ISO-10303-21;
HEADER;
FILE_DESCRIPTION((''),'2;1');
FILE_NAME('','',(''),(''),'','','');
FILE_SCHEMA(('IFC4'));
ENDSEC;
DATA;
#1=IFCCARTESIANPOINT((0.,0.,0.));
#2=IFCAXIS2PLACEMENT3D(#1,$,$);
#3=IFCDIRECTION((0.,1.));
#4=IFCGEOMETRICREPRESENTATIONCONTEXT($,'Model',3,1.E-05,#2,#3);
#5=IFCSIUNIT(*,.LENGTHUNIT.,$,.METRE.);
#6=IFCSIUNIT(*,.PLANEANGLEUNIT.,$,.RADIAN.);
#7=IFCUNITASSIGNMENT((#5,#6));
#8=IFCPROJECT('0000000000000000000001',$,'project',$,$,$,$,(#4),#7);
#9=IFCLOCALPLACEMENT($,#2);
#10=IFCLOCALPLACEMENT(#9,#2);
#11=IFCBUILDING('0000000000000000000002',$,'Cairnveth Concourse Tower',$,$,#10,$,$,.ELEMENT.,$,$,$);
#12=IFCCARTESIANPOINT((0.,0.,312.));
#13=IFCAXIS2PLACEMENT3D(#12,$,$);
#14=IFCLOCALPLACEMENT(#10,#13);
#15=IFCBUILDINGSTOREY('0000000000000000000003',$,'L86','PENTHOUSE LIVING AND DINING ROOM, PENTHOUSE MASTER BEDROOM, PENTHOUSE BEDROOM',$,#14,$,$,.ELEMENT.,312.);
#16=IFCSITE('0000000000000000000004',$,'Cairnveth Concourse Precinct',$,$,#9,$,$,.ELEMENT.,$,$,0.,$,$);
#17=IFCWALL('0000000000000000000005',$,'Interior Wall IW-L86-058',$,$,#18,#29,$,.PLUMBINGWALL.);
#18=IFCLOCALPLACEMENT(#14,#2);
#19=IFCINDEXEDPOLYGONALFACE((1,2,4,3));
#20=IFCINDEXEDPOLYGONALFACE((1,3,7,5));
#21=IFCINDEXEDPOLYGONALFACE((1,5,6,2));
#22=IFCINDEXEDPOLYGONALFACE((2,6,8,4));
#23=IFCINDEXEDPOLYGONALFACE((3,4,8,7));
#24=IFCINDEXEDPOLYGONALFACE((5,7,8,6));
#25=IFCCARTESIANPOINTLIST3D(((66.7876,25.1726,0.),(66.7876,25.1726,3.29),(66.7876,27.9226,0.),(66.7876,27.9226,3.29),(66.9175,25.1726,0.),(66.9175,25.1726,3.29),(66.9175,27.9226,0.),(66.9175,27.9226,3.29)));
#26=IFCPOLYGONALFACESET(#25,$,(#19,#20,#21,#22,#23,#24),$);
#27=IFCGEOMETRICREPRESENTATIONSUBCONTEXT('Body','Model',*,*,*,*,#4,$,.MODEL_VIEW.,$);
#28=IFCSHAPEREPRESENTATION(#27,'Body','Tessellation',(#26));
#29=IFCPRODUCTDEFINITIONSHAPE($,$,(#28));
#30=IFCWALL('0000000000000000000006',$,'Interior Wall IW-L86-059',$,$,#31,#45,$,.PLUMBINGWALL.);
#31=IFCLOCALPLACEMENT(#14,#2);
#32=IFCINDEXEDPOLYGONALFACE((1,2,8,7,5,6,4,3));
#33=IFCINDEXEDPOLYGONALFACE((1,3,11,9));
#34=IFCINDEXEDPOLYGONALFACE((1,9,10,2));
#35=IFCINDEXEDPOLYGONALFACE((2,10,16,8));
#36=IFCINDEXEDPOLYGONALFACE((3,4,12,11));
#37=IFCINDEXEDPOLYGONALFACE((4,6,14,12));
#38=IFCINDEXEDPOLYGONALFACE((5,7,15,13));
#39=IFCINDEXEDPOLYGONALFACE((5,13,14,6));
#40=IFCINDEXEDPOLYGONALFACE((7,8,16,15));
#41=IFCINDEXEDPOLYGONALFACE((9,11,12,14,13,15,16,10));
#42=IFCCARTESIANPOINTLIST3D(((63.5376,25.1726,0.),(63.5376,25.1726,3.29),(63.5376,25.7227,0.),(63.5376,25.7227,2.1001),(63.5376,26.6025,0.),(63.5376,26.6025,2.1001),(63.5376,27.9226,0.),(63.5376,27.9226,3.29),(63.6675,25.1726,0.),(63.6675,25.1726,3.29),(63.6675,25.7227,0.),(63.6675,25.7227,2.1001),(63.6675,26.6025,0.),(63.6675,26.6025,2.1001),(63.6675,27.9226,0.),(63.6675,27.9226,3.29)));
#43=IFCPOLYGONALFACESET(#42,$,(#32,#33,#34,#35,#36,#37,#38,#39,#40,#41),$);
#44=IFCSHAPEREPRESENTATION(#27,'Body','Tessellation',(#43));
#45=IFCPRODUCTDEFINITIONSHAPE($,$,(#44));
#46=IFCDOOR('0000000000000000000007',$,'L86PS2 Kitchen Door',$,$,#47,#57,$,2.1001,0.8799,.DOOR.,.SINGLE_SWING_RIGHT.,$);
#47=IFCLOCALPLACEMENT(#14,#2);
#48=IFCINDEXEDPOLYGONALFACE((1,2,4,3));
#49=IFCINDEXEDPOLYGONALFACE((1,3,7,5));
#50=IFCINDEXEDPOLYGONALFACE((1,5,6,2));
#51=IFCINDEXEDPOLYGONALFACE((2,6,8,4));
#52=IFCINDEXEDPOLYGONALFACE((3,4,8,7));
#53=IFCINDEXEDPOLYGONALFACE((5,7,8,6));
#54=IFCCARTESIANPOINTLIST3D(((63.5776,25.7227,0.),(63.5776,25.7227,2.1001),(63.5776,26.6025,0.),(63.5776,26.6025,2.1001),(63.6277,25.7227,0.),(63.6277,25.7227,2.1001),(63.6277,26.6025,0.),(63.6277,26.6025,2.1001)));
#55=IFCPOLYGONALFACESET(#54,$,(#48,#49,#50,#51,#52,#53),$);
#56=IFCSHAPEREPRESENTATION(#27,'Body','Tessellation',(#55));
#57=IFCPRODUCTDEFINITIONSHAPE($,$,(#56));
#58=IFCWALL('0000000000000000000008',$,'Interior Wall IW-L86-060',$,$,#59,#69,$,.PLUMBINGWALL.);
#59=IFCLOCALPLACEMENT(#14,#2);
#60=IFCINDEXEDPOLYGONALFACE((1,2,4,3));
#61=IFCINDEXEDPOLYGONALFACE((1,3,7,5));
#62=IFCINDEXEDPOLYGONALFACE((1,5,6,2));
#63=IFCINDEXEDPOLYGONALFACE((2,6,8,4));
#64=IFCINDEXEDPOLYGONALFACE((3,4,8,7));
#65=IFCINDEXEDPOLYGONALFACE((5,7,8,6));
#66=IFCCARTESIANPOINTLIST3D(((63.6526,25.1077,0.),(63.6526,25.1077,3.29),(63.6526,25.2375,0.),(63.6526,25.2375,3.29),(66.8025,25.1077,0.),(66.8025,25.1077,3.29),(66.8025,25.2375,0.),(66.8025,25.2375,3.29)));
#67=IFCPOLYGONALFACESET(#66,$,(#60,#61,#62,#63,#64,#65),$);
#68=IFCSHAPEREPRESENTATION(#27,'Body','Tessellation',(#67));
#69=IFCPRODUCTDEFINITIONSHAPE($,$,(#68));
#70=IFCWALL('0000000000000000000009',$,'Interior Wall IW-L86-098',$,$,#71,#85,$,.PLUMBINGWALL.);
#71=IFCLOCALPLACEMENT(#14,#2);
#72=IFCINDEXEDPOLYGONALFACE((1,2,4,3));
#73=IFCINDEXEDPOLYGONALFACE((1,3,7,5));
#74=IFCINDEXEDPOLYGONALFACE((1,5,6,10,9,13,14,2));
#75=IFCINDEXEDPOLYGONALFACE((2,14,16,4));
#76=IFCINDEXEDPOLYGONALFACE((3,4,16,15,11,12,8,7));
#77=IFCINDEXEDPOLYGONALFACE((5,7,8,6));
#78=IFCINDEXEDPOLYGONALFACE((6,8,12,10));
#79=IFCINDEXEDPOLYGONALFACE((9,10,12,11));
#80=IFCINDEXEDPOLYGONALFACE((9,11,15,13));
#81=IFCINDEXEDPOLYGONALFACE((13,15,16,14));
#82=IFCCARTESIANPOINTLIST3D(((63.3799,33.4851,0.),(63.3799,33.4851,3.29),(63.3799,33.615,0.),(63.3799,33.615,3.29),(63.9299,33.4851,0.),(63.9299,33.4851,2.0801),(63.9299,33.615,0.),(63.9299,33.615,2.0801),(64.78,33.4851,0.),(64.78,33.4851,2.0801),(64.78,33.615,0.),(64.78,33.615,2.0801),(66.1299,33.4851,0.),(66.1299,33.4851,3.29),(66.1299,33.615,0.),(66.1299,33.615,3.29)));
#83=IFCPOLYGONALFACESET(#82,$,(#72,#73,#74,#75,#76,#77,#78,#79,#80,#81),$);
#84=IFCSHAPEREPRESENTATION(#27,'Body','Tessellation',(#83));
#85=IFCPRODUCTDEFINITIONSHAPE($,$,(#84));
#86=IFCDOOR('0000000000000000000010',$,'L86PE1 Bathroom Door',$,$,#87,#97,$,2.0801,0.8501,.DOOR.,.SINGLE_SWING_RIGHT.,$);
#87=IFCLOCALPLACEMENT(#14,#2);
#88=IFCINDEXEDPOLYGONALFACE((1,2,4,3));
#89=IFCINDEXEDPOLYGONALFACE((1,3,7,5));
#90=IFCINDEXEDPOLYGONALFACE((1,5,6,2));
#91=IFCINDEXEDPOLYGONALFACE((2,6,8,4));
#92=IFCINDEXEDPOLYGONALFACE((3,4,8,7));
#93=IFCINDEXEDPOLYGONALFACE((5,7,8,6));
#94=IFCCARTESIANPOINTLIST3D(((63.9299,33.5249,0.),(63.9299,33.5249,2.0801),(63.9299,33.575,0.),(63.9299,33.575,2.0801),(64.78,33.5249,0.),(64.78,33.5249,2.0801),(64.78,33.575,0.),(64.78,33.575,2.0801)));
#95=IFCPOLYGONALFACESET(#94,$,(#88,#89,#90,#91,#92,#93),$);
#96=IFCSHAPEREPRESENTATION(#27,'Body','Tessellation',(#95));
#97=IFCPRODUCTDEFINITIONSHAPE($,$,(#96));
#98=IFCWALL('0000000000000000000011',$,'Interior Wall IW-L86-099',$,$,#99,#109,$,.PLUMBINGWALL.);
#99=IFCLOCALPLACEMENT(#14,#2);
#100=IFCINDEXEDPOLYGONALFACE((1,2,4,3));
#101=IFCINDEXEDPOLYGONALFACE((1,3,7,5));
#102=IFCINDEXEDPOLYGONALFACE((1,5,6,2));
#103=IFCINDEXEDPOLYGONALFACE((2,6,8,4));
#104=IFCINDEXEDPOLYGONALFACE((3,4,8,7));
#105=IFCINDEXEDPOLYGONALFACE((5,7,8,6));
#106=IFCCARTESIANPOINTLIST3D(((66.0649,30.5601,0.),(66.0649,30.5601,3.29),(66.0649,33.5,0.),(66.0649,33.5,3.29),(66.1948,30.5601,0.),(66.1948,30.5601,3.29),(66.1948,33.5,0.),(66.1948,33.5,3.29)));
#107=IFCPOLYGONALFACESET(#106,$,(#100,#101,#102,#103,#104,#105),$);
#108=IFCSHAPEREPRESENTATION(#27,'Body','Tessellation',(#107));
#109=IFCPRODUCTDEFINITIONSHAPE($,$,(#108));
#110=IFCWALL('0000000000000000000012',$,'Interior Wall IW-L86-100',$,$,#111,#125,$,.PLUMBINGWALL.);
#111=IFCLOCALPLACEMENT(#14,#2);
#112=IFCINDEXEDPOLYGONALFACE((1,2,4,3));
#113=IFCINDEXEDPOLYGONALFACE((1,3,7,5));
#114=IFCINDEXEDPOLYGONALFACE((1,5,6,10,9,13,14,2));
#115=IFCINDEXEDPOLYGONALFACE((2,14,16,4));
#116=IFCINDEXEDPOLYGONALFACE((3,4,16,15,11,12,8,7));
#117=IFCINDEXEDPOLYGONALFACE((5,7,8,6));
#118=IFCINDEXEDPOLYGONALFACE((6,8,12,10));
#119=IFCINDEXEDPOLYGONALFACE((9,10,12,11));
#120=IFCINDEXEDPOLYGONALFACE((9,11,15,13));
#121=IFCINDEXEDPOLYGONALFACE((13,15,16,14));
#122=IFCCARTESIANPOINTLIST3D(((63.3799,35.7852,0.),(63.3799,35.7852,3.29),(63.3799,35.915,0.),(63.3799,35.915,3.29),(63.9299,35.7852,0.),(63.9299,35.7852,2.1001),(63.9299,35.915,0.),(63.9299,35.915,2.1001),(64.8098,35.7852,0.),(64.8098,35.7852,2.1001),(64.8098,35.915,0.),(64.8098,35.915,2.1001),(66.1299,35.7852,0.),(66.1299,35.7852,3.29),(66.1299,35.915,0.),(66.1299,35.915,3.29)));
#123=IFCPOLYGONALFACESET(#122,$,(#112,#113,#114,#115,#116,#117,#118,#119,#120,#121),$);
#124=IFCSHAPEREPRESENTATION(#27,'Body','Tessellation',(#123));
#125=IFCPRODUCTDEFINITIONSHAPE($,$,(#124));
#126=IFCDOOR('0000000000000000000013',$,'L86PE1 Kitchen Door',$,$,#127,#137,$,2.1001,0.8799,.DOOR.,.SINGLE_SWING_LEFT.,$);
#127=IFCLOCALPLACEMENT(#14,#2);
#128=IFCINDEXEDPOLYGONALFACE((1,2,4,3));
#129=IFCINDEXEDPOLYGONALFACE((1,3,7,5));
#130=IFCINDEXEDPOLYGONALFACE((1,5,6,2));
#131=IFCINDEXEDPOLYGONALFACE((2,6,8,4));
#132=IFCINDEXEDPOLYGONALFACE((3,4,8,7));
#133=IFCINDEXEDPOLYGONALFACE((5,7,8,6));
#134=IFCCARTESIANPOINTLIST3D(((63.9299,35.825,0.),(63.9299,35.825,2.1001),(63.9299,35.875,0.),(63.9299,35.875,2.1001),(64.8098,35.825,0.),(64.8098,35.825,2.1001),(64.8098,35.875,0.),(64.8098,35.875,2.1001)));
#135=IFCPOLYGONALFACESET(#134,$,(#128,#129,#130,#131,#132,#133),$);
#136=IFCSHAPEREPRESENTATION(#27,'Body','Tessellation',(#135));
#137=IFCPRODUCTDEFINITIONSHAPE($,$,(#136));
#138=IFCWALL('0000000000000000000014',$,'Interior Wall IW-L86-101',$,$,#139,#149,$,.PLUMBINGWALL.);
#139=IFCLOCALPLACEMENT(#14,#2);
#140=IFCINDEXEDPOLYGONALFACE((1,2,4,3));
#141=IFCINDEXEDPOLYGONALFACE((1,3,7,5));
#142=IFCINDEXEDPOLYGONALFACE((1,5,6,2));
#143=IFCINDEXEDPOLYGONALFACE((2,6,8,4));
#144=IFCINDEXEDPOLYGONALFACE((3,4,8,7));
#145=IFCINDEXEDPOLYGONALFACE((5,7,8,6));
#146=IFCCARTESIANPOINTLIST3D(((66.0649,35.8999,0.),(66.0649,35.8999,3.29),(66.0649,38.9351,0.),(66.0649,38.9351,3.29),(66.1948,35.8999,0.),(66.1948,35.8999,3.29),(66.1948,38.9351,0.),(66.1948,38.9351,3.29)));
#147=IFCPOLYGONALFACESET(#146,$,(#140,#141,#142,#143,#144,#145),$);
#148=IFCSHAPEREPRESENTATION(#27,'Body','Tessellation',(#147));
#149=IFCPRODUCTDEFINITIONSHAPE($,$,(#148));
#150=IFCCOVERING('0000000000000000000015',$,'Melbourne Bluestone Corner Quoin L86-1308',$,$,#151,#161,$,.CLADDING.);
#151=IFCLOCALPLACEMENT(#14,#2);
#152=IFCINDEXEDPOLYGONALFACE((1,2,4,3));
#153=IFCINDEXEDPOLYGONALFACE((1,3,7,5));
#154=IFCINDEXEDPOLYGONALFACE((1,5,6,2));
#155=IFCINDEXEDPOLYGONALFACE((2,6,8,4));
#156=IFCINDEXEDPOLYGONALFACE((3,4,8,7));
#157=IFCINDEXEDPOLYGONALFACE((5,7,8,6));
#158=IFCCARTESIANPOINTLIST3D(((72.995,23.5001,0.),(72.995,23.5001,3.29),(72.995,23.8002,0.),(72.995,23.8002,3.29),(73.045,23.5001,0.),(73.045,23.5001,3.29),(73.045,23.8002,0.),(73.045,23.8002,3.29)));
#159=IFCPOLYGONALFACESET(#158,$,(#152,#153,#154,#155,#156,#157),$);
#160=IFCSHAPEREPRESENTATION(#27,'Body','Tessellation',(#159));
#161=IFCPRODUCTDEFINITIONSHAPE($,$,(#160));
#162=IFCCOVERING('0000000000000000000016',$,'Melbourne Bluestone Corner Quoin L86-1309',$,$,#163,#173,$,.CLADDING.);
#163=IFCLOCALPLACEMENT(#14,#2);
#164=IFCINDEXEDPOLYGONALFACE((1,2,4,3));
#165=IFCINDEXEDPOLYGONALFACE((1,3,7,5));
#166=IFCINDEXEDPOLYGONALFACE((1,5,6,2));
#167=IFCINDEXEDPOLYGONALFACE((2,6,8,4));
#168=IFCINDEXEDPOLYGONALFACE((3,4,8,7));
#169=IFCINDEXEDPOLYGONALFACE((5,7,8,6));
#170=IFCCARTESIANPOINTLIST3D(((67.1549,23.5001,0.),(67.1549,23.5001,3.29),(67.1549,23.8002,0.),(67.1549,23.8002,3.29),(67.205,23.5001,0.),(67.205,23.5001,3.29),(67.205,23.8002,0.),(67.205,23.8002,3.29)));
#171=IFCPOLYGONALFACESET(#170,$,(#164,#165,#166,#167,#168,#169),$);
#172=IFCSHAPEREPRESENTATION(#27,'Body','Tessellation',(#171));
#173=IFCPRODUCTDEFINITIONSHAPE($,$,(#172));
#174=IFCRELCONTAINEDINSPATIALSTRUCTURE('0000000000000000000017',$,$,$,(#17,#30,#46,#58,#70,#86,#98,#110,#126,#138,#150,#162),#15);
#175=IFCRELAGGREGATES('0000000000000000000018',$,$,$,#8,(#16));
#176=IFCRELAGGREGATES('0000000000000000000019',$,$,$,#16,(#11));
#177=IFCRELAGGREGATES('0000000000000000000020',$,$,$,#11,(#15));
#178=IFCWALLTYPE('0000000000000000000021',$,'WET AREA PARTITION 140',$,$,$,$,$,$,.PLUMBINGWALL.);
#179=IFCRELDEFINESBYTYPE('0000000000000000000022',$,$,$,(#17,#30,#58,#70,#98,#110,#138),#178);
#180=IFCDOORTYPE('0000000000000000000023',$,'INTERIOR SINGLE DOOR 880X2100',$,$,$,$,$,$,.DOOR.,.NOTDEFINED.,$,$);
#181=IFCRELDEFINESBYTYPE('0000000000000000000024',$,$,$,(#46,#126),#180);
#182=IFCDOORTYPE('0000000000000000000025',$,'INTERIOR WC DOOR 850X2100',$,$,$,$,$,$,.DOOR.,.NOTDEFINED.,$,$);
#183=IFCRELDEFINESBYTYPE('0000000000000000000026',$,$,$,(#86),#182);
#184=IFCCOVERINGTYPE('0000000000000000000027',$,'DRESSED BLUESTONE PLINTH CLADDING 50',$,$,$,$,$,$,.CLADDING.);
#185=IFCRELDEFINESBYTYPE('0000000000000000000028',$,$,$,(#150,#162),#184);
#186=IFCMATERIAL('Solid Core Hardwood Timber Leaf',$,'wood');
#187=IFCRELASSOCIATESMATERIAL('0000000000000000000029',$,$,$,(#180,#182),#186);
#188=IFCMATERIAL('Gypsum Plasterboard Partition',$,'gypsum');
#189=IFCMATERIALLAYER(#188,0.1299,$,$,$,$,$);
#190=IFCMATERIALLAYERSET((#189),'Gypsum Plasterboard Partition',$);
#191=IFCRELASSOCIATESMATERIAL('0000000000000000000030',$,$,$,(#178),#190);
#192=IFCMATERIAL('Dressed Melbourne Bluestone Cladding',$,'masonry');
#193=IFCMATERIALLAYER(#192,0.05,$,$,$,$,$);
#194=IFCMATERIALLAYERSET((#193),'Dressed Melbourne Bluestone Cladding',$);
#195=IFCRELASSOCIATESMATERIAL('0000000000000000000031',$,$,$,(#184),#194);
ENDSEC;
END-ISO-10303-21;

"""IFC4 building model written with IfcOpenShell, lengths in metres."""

from ifc_helpers import new_model, si_unit, direction, frame, frame_2d, origin, place, context, subcontext, project, spatial, rectangle, extrude, material, layer, layer_set, type_object, element, fill, save


model = new_model("IFC4")

# Units and contexts
model_context = context("Model", 3, precision=1e-05, world=origin(), true_north=direction((0.0, 1.0)))
body_context = subcontext(model_context, "Body", "Model", "MODEL_VIEW")
ifc_project = project(units=[si_unit("LENGTHUNIT", "METRE"), si_unit("PLANEANGLEUNIT", "RADIAN")], contexts=[model_context])

# Site, building, storey
site_placement = place(None, origin())
site = spatial("IfcSite", under=ifc_project, at=site_placement, Name="Cairnveth Concourse Precinct", CompositionType="ELEMENT", RefElevation=0.0)
building_placement = place(site_placement, origin())
building = spatial("IfcBuilding", under=site, at=building_placement, Name="Cairnveth Concourse Tower", CompositionType="ELEMENT")
storey_placement = place(building_placement, frame((0.0, 0.0, 312.0)))
storey = spatial("IfcBuildingStorey", under=building, at=storey_placement, Name="L86", Description="PENTHOUSE LIVING AND DINING ROOM, PENTHOUSE MASTER BEDROOM, PENTHOUSE BEDROOM", CompositionType="ELEMENT", Elevation=312.0)

# Shared definitions
ifc_material_1 = material(Name="Gypsum Plasterboard Partition", Category="gypsum")

# Shared definitions
ifc_material_2 = material(Name="Solid Core Hardwood Timber Leaf", Category="wood")
door_type_1 = type_object("IfcDoorType", Name="INTERIOR SINGLE DOOR 880X2100", OperationType="NOTDEFINED", PredefinedType="DOOR", material=ifc_material_2)

# Wall
ifc_layer_1 = layer(ifc_material_1, 0.1299)
ifc_layer_set_1 = layer_set([ifc_layer_1], Name="Gypsum Plasterboard Partition")
wall_type_1 = type_object("IfcWallType", Name="WET AREA PARTITION 140", PredefinedType="PLUMBINGWALL", material=ifc_layer_set_1)
wall_1_placement = place(storey_placement, frame((66.8525, 25.1726, 0.0), z_axis=(0.0, 0.0, 1.0), x_axis=(0.0, 1.0, 0.0)))
element("IfcWall", 1, at=wall_1_placement, inside=storey, type_object=wall_type_1, Name="Interior Wall IW-L86-058", PredefinedType="PLUMBINGWALL", context=body_context, shape_type="SweptSolid", body=[
    extrude(rectangle(XDim=2.75, YDim=0.1299, at=frame_2d((1.375, 0.0))), origin(), (0.0, 0.0, 1.0), 3.29),
])

# Wall, opening, door
wall_2_placement = place(storey_placement, frame((63.6025, 25.1726, 0.0), z_axis=(0.0, 0.0, 1.0), x_axis=(0.0, 1.0, 0.0)))
wall_2 = element("IfcWall", 2, at=wall_2_placement, inside=storey, type_object=wall_type_1, Name="Interior Wall IW-L86-059", PredefinedType="PLUMBINGWALL", context=body_context, shape_type="SweptSolid", body=[
    extrude(rectangle(XDim=2.75, YDim=0.1299, at=frame_2d((1.375, 0.0))), origin(), (0.0, 0.0, 1.0), 3.29),
])
opening_1_placement = place(wall_2_placement, frame((0.55, 0.0, 0.0)))
opening_1 = element("IfcOpeningElement", 3, at=opening_1_placement, cuts=wall_2, PredefinedType="OPENING", context=body_context, shape_type="SweptSolid", body=[
    extrude(rectangle(XDim=0.8799, YDim=2.1001, at=frame_2d((0.4399, 1.05))), frame((0.0, 0.075, 0.0), z_axis=(0.0, -1.0, 0.0), x_axis=(1.0, 0.0, 0.0)), (0.0, 0.0, 1.0), 0.1499),
])
door_1_placement = place(opening_1_placement, origin())
door_1 = element("IfcDoor", 4, at=door_1_placement, inside=storey, type_object=door_type_1, Name="L86PS2 Kitchen Door", OperationType="SINGLE_SWING_RIGHT", OverallHeight=2.1001, OverallWidth=0.8799, PredefinedType="DOOR", context=body_context, shape_type="SweptSolid", body=[
    extrude(rectangle(XDim=0.8799, YDim=2.1001, at=frame_2d((0.4399, 1.05))), frame((0.0, 0.0249, 0.0), z_axis=(0.0, -1.0, 0.0), x_axis=(1.0, 0.0, 0.0)), (0.0, 0.0, 1.0), 0.05),
])
fill(opening_1, door_1)

# Wall
wall_3_placement = place(storey_placement, frame((63.6526, 25.1726, 0.0), z_axis=(0.0, 0.0, 1.0), x_axis=(1.0, 0.0, 0.0)))
element("IfcWall", 5, at=wall_3_placement, inside=storey, type_object=wall_type_1, Name="Interior Wall IW-L86-060", PredefinedType="PLUMBINGWALL", context=body_context, shape_type="SweptSolid", body=[
    extrude(rectangle(XDim=3.1499, YDim=0.1299, at=frame_2d((1.575, 0.0))), origin(), (0.0, 0.0, 1.0), 3.29),
])

# Wall, opening, door
wall_4_placement = place(storey_placement, frame((63.3799, 33.55, 0.0), z_axis=(0.0, 0.0, 1.0), x_axis=(1.0, 0.0, 0.0)))
wall_4 = element("IfcWall", 6, at=wall_4_placement, inside=storey, type_object=wall_type_1, Name="Interior Wall IW-L86-098", PredefinedType="PLUMBINGWALL", context=body_context, shape_type="SweptSolid", body=[
    extrude(rectangle(XDim=2.75, YDim=0.1299, at=frame_2d((1.375, 0.0))), origin(), (0.0, 0.0, 1.0), 3.29),
])
opening_2_placement = place(wall_4_placement, frame((0.55, 0.0, 0.0)))
opening_2 = element("IfcOpeningElement", 7, at=opening_2_placement, cuts=wall_4, PredefinedType="OPENING", context=body_context, shape_type="SweptSolid", body=[
    extrude(rectangle(XDim=0.8501, YDim=2.0801, at=frame_2d((0.425, 1.04))), frame((0.0, 0.075, 0.0), z_axis=(0.0, -1.0, 0.0), x_axis=(1.0, 0.0, 0.0)), (0.0, 0.0, 1.0), 0.1499),
])
door_type_2 = type_object("IfcDoorType", Name="INTERIOR WC DOOR 850X2100", OperationType="NOTDEFINED", PredefinedType="DOOR", material=ifc_material_2)
door_2_placement = place(opening_2_placement, origin())
door_2 = element("IfcDoor", 8, at=door_2_placement, inside=storey, type_object=door_type_2, Name="L86PE1 Bathroom Door", OperationType="SINGLE_SWING_RIGHT", OverallHeight=2.0801, OverallWidth=0.8501, PredefinedType="DOOR", context=body_context, shape_type="SweptSolid", body=[
    extrude(rectangle(XDim=0.8501, YDim=2.0801, at=frame_2d((0.425, 1.04))), frame((0.0, 0.0249, 0.0), z_axis=(0.0, -1.0, 0.0), x_axis=(1.0, 0.0, 0.0)), (0.0, 0.0, 1.0), 0.05),
])
fill(opening_2, door_2)

# Wall
wall_5_placement = place(storey_placement, frame((66.1299, 30.5601, 0.0), z_axis=(0.0, 0.0, 1.0), x_axis=(0.0, 1.0, 0.0)))
element("IfcWall", 9, at=wall_5_placement, inside=storey, type_object=wall_type_1, Name="Interior Wall IW-L86-099", PredefinedType="PLUMBINGWALL", context=body_context, shape_type="SweptSolid", body=[
    extrude(rectangle(XDim=2.9399, YDim=0.1299, at=frame_2d((1.47, 0.0))), origin(), (0.0, 0.0, 1.0), 3.29),
])

# Wall, opening, door
wall_6_placement = place(storey_placement, frame((63.3799, 35.8501, 0.0), z_axis=(0.0, 0.0, 1.0), x_axis=(1.0, 0.0, 0.0)))
wall_6 = element("IfcWall", 10, at=wall_6_placement, inside=storey, type_object=wall_type_1, Name="Interior Wall IW-L86-100", PredefinedType="PLUMBINGWALL", context=body_context, shape_type="SweptSolid", body=[
    extrude(rectangle(XDim=2.75, YDim=0.1299, at=frame_2d((1.375, 0.0))), origin(), (0.0, 0.0, 1.0), 3.29),
])
opening_3_placement = place(wall_6_placement, frame((0.55, 0.0, 0.0)))
opening_3 = element("IfcOpeningElement", 11, at=opening_3_placement, cuts=wall_6, PredefinedType="OPENING", context=body_context, shape_type="SweptSolid", body=[
    extrude(rectangle(XDim=0.8799, YDim=2.1001, at=frame_2d((0.4399, 1.05))), frame((0.0, 0.075, 0.0), z_axis=(0.0, -1.0, 0.0), x_axis=(1.0, 0.0, 0.0)), (0.0, 0.0, 1.0), 0.1499),
])
door_3_placement = place(opening_3_placement, origin())
door_3 = element("IfcDoor", 12, at=door_3_placement, inside=storey, type_object=door_type_1, Name="L86PE1 Kitchen Door", OperationType="SINGLE_SWING_LEFT", OverallHeight=2.1001, OverallWidth=0.8799, PredefinedType="DOOR", context=body_context, shape_type="SweptSolid", body=[
    extrude(rectangle(XDim=0.8799, YDim=2.1001, at=frame_2d((0.4399, 1.05))), frame((0.0, 0.0249, 0.0), z_axis=(0.0, -1.0, 0.0), x_axis=(1.0, 0.0, 0.0)), (0.0, 0.0, 1.0), 0.05),
])
fill(opening_3, door_3)

# Wall
wall_7_placement = place(storey_placement, frame((66.1299, 35.8999, 0.0), z_axis=(0.0, 0.0, 1.0), x_axis=(0.0, 1.0, 0.0)))
element("IfcWall", 13, at=wall_7_placement, inside=storey, type_object=wall_type_1, Name="Interior Wall IW-L86-101", PredefinedType="PLUMBINGWALL", context=body_context, shape_type="SweptSolid", body=[
    extrude(rectangle(XDim=3.0352, YDim=0.1299, at=frame_2d((1.5176, 0.0))), origin(), (0.0, 0.0, 1.0), 3.29),
])

# Coverings
ifc_material_3 = material(Name="Dressed Melbourne Bluestone Cladding", Category="masonry")
ifc_layer_2 = layer(ifc_material_3, 0.05)
ifc_layer_set_2 = layer_set([ifc_layer_2], Name="Dressed Melbourne Bluestone Cladding")
covering_type = type_object("IfcCoveringType", Name="DRESSED BLUESTONE PLINTH CLADDING 50", PredefinedType="CLADDING", material=ifc_layer_set_2)
for number, where, z_axis, x_axis, name in (
    (14, (73.02, 23.8, 0.0), (0.0, 0.0, 1.0), (0.0, -1.0, 0.0), "Melbourne Bluestone Corner Quoin L86-1308"),
    (15, (67.1799, 23.8, 0.0), (0.0, 0.0, 1.0), (0.0, -1.0, 0.0), "Melbourne Bluestone Corner Quoin L86-1309"),
):
    element("IfcCovering", number, at=place(storey_placement, frame(where, z_axis=z_axis, x_axis=x_axis)), inside=storey, type_object=covering_type, Name=name, PredefinedType="CLADDING", context=body_context, shape_type="SweptSolid", body=[
        extrude(rectangle(XDim=0.3, YDim=0.05, at=frame_2d((0.1499, 0.0))), origin(), (0.0, 0.0, 1.0), 3.29),
    ])

save(model, "model.ifc")
